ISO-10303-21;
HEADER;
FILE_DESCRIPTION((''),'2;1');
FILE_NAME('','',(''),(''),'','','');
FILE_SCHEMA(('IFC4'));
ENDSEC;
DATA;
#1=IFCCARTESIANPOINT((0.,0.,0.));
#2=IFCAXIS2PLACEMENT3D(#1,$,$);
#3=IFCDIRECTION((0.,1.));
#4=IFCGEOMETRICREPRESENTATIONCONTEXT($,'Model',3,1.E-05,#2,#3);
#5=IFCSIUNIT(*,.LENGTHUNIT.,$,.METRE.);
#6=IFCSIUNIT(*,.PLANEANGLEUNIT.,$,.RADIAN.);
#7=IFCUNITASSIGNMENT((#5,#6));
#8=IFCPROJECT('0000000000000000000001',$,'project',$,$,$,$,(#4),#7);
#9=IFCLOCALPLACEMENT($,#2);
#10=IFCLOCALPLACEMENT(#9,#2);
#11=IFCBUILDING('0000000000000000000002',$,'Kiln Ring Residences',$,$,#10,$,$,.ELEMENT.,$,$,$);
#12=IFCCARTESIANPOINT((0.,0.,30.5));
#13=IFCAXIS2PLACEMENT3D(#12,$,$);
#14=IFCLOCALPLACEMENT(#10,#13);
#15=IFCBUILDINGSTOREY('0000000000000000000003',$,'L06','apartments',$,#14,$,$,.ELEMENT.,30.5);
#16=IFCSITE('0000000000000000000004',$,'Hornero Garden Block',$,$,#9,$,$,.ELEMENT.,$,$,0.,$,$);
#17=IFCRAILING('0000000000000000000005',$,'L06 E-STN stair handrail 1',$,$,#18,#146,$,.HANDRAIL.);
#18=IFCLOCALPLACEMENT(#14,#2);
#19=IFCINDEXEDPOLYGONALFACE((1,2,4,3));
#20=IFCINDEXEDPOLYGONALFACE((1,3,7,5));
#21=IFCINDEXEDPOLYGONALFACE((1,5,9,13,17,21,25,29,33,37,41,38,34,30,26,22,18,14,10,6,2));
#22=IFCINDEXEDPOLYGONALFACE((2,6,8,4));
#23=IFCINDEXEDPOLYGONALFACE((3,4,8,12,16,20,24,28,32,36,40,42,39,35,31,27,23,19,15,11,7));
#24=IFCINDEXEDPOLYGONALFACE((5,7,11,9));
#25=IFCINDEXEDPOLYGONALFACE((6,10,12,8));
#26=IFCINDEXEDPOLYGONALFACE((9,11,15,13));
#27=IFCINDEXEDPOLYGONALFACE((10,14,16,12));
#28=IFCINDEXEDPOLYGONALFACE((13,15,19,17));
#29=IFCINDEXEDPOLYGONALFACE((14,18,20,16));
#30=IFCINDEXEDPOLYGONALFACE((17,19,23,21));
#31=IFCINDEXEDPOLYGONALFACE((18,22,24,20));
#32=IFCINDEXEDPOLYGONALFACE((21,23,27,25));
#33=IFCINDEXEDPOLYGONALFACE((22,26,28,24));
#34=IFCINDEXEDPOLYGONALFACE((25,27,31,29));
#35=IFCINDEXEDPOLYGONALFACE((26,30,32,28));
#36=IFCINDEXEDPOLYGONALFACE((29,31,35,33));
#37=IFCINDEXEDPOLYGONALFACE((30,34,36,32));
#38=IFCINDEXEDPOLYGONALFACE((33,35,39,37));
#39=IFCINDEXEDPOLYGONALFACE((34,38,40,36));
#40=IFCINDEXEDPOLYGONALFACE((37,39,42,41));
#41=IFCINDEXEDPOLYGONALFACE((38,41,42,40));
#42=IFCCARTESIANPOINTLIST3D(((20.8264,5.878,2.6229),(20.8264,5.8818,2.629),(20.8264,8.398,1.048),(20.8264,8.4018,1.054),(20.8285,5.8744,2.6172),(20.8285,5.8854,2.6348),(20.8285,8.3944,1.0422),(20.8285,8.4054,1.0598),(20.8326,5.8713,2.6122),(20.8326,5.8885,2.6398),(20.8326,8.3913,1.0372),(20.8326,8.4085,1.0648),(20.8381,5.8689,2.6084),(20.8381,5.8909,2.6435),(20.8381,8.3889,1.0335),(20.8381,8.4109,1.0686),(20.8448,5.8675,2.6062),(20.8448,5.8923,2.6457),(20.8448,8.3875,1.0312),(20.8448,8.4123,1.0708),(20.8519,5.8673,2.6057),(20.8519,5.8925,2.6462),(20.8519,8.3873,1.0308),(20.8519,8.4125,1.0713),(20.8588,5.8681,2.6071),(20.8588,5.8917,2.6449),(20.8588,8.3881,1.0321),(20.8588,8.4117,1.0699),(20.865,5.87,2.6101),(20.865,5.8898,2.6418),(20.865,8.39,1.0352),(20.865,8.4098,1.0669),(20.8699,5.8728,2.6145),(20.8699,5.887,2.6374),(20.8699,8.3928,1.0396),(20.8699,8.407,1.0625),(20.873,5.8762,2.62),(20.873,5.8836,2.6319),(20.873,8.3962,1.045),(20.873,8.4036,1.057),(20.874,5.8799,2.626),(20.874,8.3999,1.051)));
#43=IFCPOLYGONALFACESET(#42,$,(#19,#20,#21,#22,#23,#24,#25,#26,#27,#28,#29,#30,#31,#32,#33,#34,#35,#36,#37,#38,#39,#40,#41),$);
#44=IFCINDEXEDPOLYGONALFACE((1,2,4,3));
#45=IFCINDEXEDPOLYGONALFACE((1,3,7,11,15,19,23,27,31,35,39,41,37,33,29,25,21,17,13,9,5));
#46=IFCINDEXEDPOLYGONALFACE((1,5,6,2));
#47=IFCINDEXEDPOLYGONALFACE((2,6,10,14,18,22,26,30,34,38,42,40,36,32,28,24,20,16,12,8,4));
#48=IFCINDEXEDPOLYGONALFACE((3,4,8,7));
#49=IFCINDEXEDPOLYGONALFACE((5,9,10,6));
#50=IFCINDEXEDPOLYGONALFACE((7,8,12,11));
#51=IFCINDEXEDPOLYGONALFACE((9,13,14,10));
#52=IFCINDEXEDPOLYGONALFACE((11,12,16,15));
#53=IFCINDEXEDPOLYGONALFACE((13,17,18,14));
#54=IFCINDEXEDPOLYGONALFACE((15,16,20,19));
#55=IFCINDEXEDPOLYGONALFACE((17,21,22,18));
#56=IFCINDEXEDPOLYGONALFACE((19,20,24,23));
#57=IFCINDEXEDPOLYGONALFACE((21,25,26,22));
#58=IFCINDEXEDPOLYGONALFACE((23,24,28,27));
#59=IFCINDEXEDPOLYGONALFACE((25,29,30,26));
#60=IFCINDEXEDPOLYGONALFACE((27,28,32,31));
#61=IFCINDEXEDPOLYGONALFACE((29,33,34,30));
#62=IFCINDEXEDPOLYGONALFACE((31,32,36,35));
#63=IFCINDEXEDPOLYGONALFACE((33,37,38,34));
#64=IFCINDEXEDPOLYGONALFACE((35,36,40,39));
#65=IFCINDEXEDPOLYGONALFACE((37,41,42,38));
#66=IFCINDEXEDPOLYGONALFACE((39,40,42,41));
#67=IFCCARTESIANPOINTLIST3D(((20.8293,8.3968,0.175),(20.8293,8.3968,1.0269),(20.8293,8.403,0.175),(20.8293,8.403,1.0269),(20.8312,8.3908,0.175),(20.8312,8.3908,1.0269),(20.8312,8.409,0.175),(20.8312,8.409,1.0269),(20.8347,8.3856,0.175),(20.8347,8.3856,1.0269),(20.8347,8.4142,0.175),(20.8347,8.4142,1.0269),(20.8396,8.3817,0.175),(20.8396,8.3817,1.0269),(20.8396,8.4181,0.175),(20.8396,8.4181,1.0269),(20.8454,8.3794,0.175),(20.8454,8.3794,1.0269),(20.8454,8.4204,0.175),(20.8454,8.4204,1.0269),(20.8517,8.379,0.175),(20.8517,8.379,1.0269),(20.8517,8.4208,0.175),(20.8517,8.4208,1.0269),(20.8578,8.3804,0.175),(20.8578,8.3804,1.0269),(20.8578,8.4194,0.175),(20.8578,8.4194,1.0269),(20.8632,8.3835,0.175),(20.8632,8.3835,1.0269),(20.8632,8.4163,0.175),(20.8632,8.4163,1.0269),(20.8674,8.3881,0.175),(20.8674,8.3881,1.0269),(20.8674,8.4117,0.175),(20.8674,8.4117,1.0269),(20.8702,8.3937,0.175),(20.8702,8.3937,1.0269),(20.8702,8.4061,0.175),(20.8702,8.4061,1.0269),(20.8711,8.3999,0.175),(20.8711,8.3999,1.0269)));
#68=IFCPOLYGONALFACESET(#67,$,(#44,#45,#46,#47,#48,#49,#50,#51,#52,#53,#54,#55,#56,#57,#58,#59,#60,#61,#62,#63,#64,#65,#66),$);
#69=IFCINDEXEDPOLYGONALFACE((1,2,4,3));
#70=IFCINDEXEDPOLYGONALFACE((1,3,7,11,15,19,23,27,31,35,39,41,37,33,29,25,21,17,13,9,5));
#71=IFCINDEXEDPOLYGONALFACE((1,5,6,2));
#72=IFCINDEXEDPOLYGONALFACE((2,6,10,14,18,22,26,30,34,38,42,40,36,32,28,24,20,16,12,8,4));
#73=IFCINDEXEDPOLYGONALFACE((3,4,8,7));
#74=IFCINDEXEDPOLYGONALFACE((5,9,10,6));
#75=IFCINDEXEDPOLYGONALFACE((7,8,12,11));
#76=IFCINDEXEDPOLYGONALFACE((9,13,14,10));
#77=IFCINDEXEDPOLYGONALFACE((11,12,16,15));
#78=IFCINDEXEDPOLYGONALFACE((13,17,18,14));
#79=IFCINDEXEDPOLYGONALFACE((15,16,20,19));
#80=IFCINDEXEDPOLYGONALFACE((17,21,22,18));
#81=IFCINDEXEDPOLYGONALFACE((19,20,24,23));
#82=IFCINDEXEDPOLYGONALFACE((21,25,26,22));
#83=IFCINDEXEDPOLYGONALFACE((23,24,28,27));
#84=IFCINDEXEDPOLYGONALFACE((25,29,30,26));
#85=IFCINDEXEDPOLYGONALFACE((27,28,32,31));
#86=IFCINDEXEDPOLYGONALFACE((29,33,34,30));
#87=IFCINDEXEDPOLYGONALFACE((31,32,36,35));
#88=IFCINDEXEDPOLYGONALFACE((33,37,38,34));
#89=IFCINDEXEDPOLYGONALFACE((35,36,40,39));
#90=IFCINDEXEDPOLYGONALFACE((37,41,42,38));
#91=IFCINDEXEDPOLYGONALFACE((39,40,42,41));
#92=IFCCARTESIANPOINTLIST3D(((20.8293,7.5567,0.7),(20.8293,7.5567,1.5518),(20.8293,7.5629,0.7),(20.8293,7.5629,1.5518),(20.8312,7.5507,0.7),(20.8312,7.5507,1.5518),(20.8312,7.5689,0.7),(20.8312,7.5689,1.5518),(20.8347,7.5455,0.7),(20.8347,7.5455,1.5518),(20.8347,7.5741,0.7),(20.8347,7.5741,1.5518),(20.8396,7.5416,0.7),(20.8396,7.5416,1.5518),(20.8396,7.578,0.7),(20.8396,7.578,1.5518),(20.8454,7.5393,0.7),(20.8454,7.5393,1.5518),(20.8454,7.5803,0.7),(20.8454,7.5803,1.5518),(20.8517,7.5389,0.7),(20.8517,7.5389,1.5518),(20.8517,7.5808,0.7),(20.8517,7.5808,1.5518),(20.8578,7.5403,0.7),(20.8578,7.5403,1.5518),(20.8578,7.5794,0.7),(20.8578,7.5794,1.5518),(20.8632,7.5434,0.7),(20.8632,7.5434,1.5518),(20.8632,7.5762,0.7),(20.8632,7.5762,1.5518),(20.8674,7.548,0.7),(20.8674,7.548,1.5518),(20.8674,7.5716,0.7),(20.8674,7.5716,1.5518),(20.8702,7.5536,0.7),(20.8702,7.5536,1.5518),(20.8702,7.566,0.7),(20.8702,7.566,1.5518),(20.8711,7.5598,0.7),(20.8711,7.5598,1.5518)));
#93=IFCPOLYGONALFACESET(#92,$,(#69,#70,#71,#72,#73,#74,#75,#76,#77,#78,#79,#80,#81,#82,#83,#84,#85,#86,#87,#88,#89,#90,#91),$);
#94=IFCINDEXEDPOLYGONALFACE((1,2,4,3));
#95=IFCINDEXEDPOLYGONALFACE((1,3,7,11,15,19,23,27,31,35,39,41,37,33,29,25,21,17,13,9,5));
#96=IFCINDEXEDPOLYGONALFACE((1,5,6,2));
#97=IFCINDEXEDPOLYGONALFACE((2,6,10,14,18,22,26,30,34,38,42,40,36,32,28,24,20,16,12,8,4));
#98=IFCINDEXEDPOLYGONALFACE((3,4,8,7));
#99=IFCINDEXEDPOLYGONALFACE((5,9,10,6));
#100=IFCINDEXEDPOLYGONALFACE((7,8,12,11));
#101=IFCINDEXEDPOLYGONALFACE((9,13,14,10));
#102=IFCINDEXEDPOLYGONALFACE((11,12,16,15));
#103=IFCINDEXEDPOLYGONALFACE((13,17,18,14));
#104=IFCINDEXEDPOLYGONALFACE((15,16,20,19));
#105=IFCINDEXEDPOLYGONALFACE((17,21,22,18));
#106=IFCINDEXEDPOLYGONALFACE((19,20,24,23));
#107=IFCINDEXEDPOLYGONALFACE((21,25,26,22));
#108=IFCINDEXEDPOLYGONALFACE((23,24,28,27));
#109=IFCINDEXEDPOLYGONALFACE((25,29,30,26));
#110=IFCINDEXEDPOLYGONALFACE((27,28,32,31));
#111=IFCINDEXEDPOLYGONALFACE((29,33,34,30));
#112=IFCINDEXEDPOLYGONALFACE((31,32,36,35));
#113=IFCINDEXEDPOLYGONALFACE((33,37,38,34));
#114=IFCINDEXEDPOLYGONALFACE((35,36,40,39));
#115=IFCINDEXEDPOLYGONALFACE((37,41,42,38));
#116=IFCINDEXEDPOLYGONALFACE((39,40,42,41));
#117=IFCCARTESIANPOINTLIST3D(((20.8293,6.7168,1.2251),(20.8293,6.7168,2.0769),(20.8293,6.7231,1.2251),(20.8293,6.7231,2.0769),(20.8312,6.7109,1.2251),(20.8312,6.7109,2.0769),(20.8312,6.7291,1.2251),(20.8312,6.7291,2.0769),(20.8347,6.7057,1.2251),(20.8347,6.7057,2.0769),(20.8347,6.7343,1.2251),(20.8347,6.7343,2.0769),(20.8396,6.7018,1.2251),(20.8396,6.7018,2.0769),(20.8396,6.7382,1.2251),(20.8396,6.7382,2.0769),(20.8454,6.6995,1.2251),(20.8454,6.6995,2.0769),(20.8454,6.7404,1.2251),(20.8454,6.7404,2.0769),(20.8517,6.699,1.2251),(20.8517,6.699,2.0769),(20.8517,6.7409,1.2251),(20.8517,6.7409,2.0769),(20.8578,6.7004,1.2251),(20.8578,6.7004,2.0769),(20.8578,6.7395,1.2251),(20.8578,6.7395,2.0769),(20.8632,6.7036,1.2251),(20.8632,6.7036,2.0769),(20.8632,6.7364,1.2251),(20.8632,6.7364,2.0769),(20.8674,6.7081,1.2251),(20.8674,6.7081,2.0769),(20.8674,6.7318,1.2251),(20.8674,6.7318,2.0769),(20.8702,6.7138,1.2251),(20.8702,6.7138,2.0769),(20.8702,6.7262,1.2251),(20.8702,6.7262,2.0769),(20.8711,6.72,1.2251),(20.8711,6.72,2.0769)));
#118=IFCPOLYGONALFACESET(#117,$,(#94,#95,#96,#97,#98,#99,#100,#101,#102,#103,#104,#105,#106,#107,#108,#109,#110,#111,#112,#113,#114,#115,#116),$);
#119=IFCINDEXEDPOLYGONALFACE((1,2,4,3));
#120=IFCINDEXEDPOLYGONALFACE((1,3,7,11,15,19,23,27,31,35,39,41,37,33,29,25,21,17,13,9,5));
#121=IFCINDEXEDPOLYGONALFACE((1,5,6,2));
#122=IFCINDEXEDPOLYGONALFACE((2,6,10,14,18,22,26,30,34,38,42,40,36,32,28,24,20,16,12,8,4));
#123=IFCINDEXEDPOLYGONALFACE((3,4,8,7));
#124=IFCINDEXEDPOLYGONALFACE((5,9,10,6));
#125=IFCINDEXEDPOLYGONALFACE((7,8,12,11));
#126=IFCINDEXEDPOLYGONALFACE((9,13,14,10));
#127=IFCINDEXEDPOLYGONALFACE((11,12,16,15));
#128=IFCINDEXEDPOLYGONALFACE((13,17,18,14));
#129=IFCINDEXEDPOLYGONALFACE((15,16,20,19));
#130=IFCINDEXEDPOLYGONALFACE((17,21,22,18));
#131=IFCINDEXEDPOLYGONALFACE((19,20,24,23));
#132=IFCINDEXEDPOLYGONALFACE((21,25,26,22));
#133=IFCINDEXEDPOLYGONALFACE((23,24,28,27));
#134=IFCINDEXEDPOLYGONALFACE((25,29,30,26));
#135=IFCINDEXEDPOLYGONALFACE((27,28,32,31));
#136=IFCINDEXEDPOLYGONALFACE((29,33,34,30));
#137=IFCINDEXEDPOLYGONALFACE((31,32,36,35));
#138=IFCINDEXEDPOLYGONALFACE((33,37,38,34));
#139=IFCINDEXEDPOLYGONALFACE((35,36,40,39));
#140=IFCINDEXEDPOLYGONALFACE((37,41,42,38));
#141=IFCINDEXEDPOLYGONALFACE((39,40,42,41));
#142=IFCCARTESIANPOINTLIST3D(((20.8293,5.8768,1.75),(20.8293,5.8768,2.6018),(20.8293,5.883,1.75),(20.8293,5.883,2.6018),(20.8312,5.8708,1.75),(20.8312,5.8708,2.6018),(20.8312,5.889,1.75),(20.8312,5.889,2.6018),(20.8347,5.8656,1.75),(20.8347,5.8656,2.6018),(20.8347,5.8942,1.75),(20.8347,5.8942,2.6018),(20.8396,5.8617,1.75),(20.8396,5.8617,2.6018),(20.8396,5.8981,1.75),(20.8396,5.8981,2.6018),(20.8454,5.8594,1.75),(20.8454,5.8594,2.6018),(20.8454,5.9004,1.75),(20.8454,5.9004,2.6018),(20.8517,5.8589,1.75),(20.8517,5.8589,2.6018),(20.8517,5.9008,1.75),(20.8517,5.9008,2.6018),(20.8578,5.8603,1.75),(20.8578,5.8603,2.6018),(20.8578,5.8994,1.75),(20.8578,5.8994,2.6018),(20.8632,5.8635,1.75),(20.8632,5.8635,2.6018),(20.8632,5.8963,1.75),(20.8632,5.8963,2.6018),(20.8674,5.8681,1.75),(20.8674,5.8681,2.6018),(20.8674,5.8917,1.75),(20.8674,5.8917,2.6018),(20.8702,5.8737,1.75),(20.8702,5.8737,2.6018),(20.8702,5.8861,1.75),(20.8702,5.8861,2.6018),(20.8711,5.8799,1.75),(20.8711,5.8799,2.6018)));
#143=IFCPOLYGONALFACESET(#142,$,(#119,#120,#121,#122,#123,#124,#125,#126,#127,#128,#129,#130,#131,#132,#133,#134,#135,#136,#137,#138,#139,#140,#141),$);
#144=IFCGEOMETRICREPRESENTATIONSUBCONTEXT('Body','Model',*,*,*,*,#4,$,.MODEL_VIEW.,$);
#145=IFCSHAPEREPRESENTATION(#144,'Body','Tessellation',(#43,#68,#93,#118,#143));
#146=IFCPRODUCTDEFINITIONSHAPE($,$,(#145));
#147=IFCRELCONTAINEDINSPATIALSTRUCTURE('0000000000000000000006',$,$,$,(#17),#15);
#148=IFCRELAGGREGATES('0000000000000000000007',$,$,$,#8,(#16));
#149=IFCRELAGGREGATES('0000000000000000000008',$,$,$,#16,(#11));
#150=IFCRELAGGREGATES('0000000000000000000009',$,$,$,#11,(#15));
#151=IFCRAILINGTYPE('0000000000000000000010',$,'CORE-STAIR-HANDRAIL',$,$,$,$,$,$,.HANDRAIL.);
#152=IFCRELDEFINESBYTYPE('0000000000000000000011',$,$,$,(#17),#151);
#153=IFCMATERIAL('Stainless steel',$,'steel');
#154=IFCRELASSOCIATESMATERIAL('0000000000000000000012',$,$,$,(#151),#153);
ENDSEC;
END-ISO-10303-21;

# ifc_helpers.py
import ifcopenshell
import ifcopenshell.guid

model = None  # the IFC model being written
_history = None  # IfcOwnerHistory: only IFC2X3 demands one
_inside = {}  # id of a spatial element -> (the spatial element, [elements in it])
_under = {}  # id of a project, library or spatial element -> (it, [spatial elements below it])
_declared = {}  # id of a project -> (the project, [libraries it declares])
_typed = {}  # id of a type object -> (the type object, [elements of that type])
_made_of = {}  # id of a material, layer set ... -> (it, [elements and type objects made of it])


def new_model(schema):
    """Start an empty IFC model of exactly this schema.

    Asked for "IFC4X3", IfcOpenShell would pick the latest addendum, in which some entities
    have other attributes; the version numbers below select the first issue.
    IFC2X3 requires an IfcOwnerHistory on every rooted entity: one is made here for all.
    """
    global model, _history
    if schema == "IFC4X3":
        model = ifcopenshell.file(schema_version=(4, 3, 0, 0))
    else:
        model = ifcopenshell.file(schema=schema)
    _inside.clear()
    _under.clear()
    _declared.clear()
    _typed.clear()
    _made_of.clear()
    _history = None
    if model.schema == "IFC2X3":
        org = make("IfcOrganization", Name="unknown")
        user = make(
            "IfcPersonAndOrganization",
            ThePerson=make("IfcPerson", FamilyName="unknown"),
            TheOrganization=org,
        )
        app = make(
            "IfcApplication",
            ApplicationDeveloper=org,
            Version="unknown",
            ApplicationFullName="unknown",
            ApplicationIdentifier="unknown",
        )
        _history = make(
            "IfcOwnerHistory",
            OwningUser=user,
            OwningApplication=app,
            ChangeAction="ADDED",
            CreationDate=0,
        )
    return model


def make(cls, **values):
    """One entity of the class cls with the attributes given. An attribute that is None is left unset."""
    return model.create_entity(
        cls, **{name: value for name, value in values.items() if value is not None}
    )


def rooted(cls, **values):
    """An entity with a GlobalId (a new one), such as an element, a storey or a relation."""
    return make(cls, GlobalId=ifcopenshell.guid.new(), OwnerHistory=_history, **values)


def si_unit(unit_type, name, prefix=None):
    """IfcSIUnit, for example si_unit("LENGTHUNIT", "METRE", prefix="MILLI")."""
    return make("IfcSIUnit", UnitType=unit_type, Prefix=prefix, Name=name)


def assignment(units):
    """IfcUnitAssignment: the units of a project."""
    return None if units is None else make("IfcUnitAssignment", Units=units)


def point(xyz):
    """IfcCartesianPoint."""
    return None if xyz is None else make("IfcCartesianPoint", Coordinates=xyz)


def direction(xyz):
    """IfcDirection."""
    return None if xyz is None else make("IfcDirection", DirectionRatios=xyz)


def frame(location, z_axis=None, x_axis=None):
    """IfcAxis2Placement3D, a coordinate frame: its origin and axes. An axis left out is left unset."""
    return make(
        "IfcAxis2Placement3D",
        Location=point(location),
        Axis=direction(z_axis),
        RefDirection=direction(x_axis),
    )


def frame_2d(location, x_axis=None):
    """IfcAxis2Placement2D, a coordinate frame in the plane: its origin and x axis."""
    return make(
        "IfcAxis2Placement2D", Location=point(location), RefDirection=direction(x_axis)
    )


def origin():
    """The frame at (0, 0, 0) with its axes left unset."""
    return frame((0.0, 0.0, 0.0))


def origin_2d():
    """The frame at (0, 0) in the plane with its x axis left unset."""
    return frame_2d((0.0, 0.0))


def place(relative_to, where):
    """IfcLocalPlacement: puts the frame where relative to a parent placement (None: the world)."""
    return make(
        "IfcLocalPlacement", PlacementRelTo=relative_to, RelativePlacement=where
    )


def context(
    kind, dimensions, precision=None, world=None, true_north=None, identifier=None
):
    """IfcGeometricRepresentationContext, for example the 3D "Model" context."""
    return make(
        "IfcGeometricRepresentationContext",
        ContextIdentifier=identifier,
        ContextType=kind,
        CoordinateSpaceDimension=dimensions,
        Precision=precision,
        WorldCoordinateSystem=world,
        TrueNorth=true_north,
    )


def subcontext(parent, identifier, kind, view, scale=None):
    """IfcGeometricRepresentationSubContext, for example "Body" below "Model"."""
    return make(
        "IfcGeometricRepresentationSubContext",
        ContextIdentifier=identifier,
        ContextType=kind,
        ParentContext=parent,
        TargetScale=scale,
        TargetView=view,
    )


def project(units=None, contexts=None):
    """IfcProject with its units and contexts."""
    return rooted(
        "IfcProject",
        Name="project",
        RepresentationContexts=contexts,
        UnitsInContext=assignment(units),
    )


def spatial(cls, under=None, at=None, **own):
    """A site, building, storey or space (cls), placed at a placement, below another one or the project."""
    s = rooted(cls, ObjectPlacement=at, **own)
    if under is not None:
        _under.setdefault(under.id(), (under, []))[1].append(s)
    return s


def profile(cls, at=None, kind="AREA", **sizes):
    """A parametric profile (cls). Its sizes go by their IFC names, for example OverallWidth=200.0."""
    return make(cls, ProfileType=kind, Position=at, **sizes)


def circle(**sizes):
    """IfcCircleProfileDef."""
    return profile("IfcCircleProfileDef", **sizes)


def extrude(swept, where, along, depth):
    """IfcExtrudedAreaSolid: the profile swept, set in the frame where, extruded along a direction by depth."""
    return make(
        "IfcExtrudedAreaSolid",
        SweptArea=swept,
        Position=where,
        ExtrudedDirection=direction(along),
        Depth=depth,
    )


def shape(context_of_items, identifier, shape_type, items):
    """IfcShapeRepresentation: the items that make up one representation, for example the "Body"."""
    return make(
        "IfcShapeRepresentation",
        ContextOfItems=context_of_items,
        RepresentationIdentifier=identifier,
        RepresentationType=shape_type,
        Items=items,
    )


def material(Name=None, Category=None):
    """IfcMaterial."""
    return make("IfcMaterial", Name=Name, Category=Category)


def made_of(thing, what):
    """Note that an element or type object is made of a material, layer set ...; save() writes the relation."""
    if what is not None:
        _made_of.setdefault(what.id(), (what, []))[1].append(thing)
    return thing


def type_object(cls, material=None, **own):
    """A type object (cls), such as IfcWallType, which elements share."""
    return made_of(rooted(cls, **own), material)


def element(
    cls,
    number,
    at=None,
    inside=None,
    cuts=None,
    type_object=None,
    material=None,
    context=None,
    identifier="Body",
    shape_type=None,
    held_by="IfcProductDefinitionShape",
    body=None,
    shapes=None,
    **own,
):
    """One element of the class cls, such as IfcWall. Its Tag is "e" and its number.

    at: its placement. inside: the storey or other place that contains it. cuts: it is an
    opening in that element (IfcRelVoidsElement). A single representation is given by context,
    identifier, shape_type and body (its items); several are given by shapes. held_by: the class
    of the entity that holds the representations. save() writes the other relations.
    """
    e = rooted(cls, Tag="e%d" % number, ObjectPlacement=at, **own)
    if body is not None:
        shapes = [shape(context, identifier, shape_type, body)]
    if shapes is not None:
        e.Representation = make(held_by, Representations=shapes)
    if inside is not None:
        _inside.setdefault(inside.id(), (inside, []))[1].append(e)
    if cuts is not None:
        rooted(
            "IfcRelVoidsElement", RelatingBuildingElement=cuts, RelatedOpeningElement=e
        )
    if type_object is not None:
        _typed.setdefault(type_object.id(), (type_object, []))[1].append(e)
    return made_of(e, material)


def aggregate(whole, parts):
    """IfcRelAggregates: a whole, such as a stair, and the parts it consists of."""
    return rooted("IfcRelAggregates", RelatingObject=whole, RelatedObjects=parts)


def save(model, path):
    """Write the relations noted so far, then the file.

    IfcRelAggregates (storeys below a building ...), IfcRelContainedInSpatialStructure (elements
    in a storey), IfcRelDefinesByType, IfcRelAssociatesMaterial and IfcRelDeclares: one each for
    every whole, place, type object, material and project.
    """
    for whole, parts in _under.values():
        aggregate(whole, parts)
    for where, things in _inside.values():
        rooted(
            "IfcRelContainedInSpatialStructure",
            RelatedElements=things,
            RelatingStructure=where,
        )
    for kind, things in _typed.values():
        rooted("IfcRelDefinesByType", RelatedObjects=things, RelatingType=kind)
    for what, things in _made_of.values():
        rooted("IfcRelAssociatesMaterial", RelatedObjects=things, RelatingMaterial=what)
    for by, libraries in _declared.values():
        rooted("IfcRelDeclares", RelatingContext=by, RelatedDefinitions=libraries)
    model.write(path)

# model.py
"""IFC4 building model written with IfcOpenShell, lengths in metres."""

from ifc_helpers import new_model, si_unit, direction, frame, origin, origin_2d, place, context, subcontext, project, spatial, circle, extrude, material, type_object, element, save


model = new_model("IFC4")

# Units and contexts
model_context = context("Model", 3, precision=1e-05, world=origin(), true_north=direction((0.0, 1.0)))
body_context = subcontext(model_context, "Body", "Model", "MODEL_VIEW")
ifc_project = project(units=[si_unit("LENGTHUNIT", "METRE"), si_unit("PLANEANGLEUNIT", "RADIAN")], contexts=[model_context])

# Site, building, storey
site_placement = place(None, origin())
site = spatial("IfcSite", under=ifc_project, at=site_placement, Name="Hornero Garden Block", CompositionType="ELEMENT", RefElevation=0.0)
building_placement = place(site_placement, origin())
building = spatial("IfcBuilding", under=site, at=building_placement, Name="Kiln Ring Residences", CompositionType="ELEMENT")
storey_placement = place(building_placement, frame((0.0, 0.0, 30.5)))
storey = spatial("IfcBuildingStorey", under=building, at=storey_placement, Name="L06", Description="apartments", CompositionType="ELEMENT", Elevation=30.5)

# Railing
ifc_material_1 = material(Name="Stainless steel", Category="steel")
railing_type_1 = type_object("IfcRailingType", Name="CORE-STAIR-HANDRAIL", PredefinedType="HANDRAIL", material=ifc_material_1)
railing_1_placement = place(storey_placement, frame((20.8501, 8.3999, 0.175)))
element("IfcRailing", 1, at=railing_1_placement, inside=storey, type_object=railing_type_1, Name="L06 E-STN stair handrail 1", PredefinedType="HANDRAIL", context=body_context, shape_type="SweptSolid", body=[
    extrude(circle(Radius=0.0239, at=origin_2d()), frame((0.0, 0.0, 0.876), z_axis=(0.0, -0.848008, 0.529984), x_axis=(1.0, 0.0, 0.0)), (0.0, 0.0, 1.0), 2.9717),
    extrude(circle(Radius=0.021, at=origin_2d()), origin(), (0.0, 0.0, 1.0), 0.8518),
    extrude(circle(Radius=0.021, at=origin_2d()), frame((0.0, -0.8401, 0.5249)), (0.0, 0.0, 1.0), 0.8518),
    extrude(circle(Radius=0.021, at=origin_2d()), frame((0.0, -1.6799, 1.05)), (0.0, 0.0, 1.0), 0.8518),
    extrude(circle(Radius=0.021, at=origin_2d()), frame((0.0, -2.52, 1.575)), (0.0, 0.0, 1.0), 0.8518),
])

save(model, "model.ifc")
